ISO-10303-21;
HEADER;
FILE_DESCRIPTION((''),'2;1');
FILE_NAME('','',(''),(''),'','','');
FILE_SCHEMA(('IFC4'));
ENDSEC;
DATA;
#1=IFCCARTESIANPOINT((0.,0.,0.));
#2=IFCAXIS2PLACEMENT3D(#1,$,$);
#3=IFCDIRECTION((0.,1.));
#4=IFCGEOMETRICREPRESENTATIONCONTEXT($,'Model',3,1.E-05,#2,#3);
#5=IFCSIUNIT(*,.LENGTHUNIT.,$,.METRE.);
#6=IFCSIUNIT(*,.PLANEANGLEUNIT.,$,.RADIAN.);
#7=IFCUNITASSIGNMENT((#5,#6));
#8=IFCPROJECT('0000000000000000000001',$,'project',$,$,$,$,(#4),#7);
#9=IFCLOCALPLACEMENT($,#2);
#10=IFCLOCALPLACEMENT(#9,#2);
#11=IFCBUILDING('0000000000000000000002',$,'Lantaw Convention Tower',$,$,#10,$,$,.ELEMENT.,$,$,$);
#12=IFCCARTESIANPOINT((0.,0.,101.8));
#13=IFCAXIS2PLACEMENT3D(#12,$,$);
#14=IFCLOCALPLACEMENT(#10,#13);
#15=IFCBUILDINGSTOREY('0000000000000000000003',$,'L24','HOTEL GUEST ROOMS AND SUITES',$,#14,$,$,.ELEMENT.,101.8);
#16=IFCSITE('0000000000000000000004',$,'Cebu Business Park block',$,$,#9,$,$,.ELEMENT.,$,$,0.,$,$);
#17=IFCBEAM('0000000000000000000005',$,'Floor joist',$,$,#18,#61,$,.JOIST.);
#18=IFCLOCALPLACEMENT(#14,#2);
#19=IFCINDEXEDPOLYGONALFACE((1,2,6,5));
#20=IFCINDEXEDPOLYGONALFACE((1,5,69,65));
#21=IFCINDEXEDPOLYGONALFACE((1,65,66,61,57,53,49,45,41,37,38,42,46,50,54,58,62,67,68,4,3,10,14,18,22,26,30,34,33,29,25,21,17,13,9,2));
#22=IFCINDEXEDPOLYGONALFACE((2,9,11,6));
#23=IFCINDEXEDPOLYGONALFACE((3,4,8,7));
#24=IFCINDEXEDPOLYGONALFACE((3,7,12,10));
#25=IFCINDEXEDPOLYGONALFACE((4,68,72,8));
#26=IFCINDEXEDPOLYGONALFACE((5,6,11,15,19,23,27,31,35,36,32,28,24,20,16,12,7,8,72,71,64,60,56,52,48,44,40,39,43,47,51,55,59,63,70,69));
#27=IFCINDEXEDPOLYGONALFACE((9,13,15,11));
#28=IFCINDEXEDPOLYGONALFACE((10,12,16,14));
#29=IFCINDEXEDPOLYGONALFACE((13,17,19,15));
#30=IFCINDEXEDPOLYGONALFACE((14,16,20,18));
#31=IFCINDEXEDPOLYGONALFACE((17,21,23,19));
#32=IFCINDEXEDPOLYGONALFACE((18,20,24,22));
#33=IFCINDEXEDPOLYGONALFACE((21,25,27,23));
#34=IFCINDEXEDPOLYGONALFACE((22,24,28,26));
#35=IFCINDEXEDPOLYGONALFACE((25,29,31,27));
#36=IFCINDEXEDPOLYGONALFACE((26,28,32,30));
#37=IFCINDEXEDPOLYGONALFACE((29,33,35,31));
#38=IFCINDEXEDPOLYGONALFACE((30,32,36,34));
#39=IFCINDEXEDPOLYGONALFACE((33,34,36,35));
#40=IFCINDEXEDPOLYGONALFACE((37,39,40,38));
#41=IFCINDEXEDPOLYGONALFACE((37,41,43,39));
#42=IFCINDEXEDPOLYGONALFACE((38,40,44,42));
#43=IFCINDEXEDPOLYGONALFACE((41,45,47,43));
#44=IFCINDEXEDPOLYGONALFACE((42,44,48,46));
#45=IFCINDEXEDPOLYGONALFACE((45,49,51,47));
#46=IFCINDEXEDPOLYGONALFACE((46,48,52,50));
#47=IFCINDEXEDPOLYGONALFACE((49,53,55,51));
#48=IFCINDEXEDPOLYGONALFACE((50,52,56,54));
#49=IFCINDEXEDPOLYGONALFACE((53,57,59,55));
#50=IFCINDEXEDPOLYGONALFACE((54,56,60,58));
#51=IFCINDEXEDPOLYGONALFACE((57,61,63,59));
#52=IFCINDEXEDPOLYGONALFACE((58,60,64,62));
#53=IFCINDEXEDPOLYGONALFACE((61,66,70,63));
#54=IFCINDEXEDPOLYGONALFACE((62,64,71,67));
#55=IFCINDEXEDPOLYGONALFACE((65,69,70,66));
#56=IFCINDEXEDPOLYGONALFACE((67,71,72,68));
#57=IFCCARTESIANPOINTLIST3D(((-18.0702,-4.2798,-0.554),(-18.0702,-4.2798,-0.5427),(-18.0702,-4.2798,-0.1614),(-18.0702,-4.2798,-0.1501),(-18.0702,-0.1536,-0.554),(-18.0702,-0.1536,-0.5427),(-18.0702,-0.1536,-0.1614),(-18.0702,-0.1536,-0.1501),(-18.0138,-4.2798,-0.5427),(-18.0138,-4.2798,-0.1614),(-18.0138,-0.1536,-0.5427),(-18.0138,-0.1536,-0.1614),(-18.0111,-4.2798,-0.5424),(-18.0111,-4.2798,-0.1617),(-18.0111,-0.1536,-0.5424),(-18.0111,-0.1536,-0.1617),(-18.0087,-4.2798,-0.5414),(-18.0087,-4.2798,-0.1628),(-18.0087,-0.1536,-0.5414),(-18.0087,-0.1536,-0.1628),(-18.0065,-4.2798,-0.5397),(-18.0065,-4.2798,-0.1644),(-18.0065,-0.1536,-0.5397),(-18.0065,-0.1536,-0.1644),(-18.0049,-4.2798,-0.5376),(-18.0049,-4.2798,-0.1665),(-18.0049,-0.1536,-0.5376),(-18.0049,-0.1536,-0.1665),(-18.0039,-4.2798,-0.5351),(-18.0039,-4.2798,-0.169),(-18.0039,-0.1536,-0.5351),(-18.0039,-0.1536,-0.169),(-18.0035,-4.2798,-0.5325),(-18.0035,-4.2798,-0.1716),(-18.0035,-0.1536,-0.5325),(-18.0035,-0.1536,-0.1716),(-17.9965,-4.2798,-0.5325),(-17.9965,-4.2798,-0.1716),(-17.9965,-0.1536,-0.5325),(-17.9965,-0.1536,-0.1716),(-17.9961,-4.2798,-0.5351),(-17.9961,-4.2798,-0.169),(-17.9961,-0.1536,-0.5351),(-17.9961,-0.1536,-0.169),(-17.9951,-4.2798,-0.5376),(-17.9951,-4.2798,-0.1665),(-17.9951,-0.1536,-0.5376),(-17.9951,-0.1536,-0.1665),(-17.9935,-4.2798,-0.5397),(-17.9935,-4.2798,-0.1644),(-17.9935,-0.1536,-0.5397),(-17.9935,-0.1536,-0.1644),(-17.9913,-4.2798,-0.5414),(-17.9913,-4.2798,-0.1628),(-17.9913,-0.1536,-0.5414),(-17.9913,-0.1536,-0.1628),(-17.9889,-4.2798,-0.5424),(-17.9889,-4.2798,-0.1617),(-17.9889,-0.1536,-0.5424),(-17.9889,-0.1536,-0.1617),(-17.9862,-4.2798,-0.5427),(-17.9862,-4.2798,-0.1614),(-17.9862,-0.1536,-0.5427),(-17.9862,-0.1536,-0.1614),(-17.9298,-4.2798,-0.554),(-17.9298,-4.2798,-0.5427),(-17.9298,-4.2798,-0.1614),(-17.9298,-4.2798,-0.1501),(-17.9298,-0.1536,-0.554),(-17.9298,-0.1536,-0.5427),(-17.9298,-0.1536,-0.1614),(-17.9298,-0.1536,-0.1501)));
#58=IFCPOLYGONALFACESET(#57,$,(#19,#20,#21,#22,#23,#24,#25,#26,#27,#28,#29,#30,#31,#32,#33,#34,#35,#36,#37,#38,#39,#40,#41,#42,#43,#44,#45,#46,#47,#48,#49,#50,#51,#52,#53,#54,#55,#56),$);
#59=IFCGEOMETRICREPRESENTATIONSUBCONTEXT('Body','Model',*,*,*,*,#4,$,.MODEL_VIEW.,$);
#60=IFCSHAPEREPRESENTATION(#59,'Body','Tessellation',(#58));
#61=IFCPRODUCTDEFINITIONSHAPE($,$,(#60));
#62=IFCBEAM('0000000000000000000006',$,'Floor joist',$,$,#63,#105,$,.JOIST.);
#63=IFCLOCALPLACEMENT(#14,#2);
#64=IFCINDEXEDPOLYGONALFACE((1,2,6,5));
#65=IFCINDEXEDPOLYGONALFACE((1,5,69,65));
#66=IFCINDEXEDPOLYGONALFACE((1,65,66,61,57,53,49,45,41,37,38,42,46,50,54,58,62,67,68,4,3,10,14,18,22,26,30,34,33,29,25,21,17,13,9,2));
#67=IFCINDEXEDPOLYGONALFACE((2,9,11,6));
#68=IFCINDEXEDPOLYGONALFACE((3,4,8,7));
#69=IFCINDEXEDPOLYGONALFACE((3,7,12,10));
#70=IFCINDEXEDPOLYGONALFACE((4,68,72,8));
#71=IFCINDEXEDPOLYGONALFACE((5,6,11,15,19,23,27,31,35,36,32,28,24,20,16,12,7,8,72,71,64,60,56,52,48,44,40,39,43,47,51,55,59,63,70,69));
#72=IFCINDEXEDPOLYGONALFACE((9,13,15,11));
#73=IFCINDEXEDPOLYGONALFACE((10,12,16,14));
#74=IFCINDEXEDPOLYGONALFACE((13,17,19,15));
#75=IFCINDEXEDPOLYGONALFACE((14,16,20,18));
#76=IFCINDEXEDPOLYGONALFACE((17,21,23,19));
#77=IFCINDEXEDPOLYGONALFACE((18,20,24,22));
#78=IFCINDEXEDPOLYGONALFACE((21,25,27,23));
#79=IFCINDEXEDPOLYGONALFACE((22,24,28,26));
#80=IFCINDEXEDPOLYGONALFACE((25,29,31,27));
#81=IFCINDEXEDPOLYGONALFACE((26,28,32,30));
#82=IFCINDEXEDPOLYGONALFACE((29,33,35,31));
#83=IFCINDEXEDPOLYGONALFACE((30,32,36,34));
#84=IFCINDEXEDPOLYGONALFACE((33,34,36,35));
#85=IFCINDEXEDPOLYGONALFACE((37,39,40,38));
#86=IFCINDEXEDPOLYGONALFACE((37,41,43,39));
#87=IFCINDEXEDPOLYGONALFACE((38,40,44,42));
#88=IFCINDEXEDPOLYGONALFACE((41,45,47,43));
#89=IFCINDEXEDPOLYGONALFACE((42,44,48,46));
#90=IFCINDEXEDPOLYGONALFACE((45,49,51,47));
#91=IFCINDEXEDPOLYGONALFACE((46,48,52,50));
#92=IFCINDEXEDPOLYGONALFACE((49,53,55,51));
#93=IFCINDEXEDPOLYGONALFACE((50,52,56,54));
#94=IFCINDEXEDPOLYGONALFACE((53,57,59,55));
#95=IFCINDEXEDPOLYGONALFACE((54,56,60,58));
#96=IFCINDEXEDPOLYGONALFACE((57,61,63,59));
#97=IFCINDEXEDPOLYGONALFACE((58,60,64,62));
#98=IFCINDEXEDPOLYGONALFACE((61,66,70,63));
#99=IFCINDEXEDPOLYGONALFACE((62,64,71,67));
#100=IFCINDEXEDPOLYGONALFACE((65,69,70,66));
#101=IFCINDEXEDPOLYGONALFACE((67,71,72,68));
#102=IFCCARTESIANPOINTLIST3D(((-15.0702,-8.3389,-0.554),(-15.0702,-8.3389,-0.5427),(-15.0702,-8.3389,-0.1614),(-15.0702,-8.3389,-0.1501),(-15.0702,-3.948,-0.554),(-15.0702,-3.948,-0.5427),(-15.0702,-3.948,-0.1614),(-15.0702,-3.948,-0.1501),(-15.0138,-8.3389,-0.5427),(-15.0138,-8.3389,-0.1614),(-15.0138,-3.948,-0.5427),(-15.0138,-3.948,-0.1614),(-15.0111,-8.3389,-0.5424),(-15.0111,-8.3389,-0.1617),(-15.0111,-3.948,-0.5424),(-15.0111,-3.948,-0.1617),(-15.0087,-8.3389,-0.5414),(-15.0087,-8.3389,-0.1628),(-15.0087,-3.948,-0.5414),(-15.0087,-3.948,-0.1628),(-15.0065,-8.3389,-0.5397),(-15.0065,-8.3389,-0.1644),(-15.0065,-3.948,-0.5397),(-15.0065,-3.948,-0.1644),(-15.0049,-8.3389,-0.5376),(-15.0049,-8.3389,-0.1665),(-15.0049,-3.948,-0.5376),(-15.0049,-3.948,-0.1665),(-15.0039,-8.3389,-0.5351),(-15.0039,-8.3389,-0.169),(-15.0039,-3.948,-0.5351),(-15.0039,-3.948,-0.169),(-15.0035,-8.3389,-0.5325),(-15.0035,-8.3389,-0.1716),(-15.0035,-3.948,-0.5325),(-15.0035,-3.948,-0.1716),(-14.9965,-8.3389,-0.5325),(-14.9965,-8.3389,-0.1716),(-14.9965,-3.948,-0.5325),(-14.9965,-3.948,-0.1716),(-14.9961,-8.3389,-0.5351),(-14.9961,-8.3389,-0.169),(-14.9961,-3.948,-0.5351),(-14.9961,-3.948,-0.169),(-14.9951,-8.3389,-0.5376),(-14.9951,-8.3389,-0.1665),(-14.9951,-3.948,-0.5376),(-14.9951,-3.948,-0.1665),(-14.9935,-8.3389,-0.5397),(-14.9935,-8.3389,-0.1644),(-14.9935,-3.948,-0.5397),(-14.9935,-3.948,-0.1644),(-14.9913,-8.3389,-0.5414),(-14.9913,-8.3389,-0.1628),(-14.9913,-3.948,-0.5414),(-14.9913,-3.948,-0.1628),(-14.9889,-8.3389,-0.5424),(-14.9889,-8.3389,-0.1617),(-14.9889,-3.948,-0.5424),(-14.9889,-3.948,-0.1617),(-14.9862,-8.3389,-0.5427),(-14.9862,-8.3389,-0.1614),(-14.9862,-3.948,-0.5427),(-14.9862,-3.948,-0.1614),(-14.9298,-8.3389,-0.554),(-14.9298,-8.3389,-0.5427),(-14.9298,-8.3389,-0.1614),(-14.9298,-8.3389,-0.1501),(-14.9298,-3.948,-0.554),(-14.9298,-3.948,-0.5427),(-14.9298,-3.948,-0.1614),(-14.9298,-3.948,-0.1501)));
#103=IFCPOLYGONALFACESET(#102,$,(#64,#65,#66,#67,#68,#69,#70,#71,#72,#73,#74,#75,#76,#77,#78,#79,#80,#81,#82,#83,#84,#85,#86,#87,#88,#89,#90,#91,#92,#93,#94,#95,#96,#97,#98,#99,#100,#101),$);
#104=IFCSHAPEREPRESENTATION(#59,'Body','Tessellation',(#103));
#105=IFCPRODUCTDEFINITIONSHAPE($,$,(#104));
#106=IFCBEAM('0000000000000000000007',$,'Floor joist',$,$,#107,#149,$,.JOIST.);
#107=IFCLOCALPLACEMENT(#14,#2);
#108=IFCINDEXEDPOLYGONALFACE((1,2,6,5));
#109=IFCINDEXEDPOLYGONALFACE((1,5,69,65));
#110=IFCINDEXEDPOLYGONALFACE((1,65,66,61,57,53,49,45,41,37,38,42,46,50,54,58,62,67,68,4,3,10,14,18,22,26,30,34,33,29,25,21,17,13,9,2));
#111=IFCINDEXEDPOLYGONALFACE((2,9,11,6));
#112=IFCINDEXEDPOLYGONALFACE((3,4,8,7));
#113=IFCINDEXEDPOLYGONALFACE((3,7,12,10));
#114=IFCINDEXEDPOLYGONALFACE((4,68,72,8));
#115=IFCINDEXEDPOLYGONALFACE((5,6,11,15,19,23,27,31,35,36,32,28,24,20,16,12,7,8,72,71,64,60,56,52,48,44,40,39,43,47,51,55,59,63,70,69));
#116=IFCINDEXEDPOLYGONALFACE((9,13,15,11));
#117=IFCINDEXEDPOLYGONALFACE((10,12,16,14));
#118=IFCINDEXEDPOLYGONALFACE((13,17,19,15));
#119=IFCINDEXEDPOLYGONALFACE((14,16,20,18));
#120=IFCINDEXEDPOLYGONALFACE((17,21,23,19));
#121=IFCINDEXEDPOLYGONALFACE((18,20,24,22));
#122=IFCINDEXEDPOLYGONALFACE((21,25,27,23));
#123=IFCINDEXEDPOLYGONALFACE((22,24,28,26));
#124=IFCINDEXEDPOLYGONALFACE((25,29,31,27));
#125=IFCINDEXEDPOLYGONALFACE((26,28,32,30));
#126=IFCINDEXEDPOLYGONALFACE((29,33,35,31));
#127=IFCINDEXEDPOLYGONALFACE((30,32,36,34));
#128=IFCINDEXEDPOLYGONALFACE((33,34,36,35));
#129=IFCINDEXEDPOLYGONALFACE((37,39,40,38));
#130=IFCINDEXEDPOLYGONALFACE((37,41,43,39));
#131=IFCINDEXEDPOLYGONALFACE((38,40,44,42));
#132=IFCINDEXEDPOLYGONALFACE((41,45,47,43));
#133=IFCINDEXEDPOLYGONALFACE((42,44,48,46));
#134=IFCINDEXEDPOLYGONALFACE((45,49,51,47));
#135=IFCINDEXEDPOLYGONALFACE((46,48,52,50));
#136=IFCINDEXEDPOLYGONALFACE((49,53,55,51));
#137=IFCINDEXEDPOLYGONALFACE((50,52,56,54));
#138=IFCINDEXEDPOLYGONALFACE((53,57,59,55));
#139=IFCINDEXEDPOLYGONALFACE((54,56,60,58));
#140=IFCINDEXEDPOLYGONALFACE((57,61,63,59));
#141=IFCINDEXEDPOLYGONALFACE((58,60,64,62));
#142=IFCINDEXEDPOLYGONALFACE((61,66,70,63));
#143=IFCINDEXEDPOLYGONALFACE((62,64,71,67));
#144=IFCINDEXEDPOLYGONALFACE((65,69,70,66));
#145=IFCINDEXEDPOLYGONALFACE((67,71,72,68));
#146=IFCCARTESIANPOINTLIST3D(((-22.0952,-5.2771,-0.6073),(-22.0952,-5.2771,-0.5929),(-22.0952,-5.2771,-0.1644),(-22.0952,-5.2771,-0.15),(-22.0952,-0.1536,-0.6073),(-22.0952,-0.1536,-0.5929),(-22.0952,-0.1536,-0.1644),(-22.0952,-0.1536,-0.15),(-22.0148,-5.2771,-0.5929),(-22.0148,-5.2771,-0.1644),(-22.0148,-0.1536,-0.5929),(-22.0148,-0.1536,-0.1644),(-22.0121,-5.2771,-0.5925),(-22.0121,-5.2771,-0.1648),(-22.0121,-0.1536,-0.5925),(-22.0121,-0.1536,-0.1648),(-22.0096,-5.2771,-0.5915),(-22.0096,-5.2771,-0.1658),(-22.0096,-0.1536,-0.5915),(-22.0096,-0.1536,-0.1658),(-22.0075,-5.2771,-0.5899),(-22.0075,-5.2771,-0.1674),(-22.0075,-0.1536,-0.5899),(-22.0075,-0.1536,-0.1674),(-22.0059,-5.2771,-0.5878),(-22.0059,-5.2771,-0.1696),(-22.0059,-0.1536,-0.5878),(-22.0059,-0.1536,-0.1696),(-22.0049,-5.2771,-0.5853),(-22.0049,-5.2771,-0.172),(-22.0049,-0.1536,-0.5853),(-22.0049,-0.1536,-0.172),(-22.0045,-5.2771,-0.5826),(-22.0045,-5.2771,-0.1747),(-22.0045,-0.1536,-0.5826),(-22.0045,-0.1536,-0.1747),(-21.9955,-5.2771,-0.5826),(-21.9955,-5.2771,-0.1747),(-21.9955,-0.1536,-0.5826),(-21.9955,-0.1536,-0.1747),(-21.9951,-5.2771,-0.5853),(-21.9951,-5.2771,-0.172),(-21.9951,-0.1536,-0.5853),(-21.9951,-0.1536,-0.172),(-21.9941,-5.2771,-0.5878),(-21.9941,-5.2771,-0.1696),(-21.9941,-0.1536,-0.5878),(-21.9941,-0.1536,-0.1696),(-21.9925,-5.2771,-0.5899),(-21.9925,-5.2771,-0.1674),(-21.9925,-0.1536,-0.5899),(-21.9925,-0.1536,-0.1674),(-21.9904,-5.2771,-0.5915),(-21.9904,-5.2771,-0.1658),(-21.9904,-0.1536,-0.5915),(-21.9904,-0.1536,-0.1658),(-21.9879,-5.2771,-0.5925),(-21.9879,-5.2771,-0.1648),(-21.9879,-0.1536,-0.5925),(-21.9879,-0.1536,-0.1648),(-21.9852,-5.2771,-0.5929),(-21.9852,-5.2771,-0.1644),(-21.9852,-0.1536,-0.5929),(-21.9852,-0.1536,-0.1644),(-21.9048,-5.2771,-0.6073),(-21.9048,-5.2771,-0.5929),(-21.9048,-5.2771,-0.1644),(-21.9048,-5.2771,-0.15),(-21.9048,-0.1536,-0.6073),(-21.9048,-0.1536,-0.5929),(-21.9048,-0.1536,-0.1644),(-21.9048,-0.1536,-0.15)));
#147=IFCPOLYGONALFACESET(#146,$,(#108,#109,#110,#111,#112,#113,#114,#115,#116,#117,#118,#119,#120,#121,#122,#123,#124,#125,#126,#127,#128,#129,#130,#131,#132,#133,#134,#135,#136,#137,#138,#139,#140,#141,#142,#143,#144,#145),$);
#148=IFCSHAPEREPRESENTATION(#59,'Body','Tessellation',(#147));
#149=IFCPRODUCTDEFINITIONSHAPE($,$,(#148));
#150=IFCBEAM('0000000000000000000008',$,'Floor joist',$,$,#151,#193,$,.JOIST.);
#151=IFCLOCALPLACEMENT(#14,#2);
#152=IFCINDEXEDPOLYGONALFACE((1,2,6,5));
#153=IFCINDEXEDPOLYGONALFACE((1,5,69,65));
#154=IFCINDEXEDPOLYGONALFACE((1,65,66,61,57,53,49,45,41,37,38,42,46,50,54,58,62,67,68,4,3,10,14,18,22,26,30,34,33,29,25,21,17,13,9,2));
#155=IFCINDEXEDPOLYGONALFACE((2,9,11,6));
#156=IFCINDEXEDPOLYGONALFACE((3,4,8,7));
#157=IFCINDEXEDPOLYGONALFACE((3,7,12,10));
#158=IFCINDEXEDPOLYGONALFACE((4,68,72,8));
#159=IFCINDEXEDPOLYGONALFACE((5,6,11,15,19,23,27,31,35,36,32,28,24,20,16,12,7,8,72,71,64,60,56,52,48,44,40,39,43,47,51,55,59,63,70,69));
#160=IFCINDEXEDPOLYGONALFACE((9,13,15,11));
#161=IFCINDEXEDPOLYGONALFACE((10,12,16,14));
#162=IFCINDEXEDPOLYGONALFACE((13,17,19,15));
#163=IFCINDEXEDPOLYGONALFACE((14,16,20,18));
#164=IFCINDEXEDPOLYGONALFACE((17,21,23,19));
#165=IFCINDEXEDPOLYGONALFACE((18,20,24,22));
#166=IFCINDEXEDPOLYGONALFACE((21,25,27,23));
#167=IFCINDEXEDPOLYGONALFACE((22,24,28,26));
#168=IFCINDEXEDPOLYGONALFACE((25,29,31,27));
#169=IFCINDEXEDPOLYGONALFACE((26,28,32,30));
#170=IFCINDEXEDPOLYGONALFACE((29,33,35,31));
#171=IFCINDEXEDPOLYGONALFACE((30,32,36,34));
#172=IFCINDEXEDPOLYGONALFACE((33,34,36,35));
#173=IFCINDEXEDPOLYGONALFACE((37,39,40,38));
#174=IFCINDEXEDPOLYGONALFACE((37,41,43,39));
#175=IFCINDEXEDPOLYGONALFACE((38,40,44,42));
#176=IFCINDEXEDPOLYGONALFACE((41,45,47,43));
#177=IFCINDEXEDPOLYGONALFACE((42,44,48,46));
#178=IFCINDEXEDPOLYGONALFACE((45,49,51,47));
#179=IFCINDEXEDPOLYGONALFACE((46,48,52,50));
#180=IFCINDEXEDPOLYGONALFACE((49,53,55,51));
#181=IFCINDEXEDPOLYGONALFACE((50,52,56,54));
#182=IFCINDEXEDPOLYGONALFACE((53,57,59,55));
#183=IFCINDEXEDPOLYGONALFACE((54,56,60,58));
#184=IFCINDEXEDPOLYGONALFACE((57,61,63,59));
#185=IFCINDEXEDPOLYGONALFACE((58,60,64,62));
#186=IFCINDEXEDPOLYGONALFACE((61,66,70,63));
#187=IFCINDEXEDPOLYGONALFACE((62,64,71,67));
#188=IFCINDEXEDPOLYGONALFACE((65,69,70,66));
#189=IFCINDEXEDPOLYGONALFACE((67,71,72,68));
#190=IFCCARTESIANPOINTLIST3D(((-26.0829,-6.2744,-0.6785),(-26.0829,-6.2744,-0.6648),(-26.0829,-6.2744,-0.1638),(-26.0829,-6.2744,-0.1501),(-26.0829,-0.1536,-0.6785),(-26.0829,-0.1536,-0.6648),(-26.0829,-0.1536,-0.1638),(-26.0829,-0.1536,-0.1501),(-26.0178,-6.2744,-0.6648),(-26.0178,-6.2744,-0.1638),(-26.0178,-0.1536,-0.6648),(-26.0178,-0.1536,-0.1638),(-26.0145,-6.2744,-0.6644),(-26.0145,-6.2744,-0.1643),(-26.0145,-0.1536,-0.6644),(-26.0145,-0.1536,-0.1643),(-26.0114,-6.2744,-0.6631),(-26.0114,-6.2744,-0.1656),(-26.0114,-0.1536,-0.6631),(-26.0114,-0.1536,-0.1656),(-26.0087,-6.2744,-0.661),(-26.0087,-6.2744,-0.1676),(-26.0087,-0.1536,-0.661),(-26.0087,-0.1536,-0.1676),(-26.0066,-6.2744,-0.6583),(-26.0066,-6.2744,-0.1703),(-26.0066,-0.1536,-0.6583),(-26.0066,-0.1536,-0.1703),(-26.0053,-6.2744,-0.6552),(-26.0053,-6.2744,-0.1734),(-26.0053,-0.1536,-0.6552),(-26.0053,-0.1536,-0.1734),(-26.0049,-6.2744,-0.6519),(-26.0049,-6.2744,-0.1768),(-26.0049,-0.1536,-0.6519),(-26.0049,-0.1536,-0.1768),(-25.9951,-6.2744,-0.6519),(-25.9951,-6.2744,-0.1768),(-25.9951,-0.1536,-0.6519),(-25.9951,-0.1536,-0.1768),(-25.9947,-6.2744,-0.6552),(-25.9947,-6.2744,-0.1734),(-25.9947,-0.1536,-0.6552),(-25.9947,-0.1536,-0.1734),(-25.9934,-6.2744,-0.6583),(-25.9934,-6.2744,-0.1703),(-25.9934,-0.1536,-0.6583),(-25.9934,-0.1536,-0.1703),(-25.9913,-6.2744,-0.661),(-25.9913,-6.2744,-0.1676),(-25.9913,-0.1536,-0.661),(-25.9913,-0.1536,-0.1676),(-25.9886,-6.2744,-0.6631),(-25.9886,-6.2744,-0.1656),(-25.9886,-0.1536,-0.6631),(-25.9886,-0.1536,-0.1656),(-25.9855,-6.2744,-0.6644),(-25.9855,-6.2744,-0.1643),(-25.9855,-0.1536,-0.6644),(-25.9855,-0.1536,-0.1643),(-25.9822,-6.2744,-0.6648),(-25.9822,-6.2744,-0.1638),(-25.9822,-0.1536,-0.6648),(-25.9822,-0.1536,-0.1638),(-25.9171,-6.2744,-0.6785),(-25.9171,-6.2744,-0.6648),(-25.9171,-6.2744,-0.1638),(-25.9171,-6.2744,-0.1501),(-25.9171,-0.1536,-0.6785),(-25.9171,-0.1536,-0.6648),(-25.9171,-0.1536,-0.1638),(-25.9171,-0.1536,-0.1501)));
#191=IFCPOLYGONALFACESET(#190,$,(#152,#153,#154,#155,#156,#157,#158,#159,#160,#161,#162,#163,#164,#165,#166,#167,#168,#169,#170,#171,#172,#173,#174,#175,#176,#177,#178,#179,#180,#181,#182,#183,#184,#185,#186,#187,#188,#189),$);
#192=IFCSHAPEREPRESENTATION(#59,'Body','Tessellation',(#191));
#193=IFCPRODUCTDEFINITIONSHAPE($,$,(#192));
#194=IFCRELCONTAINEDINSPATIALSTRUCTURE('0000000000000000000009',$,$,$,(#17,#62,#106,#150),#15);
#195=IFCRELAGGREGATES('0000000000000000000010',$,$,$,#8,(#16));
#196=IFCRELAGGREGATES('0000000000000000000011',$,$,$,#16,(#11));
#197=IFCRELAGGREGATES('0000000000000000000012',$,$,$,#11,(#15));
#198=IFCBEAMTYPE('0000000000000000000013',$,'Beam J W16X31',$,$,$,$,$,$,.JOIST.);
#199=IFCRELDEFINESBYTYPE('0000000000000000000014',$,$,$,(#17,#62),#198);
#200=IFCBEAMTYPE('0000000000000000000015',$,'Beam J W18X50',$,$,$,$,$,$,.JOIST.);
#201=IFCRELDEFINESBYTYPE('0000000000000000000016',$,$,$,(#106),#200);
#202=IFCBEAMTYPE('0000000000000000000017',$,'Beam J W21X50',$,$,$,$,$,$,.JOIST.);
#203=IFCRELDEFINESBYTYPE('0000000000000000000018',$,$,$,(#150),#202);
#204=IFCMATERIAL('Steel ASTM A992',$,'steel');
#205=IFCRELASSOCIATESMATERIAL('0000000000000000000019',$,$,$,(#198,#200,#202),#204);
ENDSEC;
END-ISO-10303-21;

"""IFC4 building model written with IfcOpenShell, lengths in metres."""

from ifc_helpers import new_model, si_unit, direction, frame, origin, origin_2d, place, context, subcontext, project, spatial, i_section, extrude, material, material_profile, profile_set, type_object, element, save


model = new_model("IFC4")

# Units and contexts
model_context = context("Model", 3, precision=1e-05, world=origin(), true_north=direction((0.0, 1.0)))
body_context = subcontext(model_context, "Body", "Model", "MODEL_VIEW")
ifc_project = project(units=[si_unit("LENGTHUNIT", "METRE"), si_unit("PLANEANGLEUNIT", "RADIAN")], contexts=[model_context])

# Site, building, storey
site_placement = place(None, origin())
site = spatial("IfcSite", under=ifc_project, at=site_placement, Name="Cebu Business Park block", CompositionType="ELEMENT", RefElevation=0.0)
building_placement = place(site_placement, origin())
building = spatial("IfcBuilding", under=site, at=building_placement, Name="Lantaw Convention Tower", CompositionType="ELEMENT")
storey_placement = place(building_placement, frame((0.0, 0.0, 101.8)))
storey = spatial("IfcBuildingStorey", under=building, at=storey_placement, Name="L24", Description="HOTEL GUEST ROOMS AND SUITES", CompositionType="ELEMENT", Elevation=101.8)

# Beams
ifc_material_1 = material(Name="Steel ASTM A992", Category="steel")
ifc_material_profile_1 = material_profile(ifc_material_1, i_section(OverallWidth=0.1404, OverallDepth=0.4038, WebThickness=0.0071, FlangeThickness=0.0112, FilletRadius=0.0103, at=origin_2d()), Name="W16X31")
ifc_profile_set_1 = profile_set([ifc_material_profile_1], Name="Steel ASTM A992")
beam_type_1 = type_object("IfcBeamType", Name="Beam J W16X31", PredefinedType="JOIST", material=ifc_profile_set_1)
beam_1_placement = place(storey_placement, frame((-18.0, -4.2798, -0.3521), z_axis=(0.0, 1.0, 0.0), x_axis=(-1.0, 0.0, 0.0)))
element("IfcBeam", 1, at=beam_1_placement, inside=storey, type_object=beam_type_1, Name="Floor joist", PredefinedType="JOIST", context=body_context, shape_type="SweptSolid", body=[
    extrude(i_section(OverallWidth=0.1404, OverallDepth=0.4038, WebThickness=0.0071, FlangeThickness=0.0112, FilletRadius=0.0103, at=origin_2d()), origin(), (0.0, 0.0, 1.0), 4.1262),
])
beam_2_placement = place(storey_placement, frame((-15.0, -8.3389, -0.3521), z_axis=(0.0, 1.0, 0.0), x_axis=(-1.0, 0.0, 0.0)))
element("IfcBeam", 2, at=beam_2_placement, inside=storey, type_object=beam_type_1, Name="Floor joist", PredefinedType="JOIST", context=body_context, shape_type="SweptSolid", body=[
    extrude(i_section(OverallWidth=0.1404, OverallDepth=0.4038, WebThickness=0.0071, FlangeThickness=0.0112, FilletRadius=0.0103, at=origin_2d()), origin(), (0.0, 0.0, 1.0), 4.3909),
])
ifc_material_profile_2 = material_profile(ifc_material_1, i_section(OverallWidth=0.1904, OverallDepth=0.4573, WebThickness=0.009, FlangeThickness=0.0144, FilletRadius=0.0103, at=origin_2d()), Name="W18X50")
ifc_profile_set_2 = profile_set([ifc_material_profile_2], Name="Steel ASTM A992")
beam_type_2 = type_object("IfcBeamType", Name="Beam J W18X50", PredefinedType="JOIST", material=ifc_profile_set_2)
beam_3_placement = place(storey_placement, frame((-22.0, -5.2771, -0.3787), z_axis=(0.0, 1.0, 0.0), x_axis=(-1.0, 0.0, 0.0)))
element("IfcBeam", 3, at=beam_3_placement, inside=storey, type_object=beam_type_2, Name="Floor joist", PredefinedType="JOIST", context=body_context, shape_type="SweptSolid", body=[
    extrude(i_section(OverallWidth=0.1904, OverallDepth=0.4573, WebThickness=0.009, FlangeThickness=0.0144, FilletRadius=0.0103, at=origin_2d()), origin(), (0.0, 0.0, 1.0), 5.1235),
])
ifc_material_profile_3 = material_profile(ifc_material_1, i_section(OverallWidth=0.1658, OverallDepth=0.5283, WebThickness=0.0098, FlangeThickness=0.0137, FilletRadius=0.0129, at=origin_2d()), Name="W21X50")
ifc_profile_set_3 = profile_set([ifc_material_profile_3], Name="Steel ASTM A992")
beam_type_3 = type_object("IfcBeamType", Name="Beam J W21X50", PredefinedType="JOIST", material=ifc_profile_set_3)
beam_4_placement = place(storey_placement, frame((-26.0, -6.2744, -0.4143), z_axis=(0.0, 1.0, 0.0), x_axis=(-1.0, 0.0, 0.0)))
element("IfcBeam", 4, at=beam_4_placement, inside=storey, type_object=beam_type_3, Name="Floor joist", PredefinedType="JOIST", context=body_context, shape_type="SweptSolid", body=[
    extrude(i_section(OverallWidth=0.1658, OverallDepth=0.5283, WebThickness=0.0098, FlangeThickness=0.0137, FilletRadius=0.0129, at=origin_2d()), origin(), (0.0, 0.0, 1.0), 6.1208),
])

save(model, "model.ifc")
